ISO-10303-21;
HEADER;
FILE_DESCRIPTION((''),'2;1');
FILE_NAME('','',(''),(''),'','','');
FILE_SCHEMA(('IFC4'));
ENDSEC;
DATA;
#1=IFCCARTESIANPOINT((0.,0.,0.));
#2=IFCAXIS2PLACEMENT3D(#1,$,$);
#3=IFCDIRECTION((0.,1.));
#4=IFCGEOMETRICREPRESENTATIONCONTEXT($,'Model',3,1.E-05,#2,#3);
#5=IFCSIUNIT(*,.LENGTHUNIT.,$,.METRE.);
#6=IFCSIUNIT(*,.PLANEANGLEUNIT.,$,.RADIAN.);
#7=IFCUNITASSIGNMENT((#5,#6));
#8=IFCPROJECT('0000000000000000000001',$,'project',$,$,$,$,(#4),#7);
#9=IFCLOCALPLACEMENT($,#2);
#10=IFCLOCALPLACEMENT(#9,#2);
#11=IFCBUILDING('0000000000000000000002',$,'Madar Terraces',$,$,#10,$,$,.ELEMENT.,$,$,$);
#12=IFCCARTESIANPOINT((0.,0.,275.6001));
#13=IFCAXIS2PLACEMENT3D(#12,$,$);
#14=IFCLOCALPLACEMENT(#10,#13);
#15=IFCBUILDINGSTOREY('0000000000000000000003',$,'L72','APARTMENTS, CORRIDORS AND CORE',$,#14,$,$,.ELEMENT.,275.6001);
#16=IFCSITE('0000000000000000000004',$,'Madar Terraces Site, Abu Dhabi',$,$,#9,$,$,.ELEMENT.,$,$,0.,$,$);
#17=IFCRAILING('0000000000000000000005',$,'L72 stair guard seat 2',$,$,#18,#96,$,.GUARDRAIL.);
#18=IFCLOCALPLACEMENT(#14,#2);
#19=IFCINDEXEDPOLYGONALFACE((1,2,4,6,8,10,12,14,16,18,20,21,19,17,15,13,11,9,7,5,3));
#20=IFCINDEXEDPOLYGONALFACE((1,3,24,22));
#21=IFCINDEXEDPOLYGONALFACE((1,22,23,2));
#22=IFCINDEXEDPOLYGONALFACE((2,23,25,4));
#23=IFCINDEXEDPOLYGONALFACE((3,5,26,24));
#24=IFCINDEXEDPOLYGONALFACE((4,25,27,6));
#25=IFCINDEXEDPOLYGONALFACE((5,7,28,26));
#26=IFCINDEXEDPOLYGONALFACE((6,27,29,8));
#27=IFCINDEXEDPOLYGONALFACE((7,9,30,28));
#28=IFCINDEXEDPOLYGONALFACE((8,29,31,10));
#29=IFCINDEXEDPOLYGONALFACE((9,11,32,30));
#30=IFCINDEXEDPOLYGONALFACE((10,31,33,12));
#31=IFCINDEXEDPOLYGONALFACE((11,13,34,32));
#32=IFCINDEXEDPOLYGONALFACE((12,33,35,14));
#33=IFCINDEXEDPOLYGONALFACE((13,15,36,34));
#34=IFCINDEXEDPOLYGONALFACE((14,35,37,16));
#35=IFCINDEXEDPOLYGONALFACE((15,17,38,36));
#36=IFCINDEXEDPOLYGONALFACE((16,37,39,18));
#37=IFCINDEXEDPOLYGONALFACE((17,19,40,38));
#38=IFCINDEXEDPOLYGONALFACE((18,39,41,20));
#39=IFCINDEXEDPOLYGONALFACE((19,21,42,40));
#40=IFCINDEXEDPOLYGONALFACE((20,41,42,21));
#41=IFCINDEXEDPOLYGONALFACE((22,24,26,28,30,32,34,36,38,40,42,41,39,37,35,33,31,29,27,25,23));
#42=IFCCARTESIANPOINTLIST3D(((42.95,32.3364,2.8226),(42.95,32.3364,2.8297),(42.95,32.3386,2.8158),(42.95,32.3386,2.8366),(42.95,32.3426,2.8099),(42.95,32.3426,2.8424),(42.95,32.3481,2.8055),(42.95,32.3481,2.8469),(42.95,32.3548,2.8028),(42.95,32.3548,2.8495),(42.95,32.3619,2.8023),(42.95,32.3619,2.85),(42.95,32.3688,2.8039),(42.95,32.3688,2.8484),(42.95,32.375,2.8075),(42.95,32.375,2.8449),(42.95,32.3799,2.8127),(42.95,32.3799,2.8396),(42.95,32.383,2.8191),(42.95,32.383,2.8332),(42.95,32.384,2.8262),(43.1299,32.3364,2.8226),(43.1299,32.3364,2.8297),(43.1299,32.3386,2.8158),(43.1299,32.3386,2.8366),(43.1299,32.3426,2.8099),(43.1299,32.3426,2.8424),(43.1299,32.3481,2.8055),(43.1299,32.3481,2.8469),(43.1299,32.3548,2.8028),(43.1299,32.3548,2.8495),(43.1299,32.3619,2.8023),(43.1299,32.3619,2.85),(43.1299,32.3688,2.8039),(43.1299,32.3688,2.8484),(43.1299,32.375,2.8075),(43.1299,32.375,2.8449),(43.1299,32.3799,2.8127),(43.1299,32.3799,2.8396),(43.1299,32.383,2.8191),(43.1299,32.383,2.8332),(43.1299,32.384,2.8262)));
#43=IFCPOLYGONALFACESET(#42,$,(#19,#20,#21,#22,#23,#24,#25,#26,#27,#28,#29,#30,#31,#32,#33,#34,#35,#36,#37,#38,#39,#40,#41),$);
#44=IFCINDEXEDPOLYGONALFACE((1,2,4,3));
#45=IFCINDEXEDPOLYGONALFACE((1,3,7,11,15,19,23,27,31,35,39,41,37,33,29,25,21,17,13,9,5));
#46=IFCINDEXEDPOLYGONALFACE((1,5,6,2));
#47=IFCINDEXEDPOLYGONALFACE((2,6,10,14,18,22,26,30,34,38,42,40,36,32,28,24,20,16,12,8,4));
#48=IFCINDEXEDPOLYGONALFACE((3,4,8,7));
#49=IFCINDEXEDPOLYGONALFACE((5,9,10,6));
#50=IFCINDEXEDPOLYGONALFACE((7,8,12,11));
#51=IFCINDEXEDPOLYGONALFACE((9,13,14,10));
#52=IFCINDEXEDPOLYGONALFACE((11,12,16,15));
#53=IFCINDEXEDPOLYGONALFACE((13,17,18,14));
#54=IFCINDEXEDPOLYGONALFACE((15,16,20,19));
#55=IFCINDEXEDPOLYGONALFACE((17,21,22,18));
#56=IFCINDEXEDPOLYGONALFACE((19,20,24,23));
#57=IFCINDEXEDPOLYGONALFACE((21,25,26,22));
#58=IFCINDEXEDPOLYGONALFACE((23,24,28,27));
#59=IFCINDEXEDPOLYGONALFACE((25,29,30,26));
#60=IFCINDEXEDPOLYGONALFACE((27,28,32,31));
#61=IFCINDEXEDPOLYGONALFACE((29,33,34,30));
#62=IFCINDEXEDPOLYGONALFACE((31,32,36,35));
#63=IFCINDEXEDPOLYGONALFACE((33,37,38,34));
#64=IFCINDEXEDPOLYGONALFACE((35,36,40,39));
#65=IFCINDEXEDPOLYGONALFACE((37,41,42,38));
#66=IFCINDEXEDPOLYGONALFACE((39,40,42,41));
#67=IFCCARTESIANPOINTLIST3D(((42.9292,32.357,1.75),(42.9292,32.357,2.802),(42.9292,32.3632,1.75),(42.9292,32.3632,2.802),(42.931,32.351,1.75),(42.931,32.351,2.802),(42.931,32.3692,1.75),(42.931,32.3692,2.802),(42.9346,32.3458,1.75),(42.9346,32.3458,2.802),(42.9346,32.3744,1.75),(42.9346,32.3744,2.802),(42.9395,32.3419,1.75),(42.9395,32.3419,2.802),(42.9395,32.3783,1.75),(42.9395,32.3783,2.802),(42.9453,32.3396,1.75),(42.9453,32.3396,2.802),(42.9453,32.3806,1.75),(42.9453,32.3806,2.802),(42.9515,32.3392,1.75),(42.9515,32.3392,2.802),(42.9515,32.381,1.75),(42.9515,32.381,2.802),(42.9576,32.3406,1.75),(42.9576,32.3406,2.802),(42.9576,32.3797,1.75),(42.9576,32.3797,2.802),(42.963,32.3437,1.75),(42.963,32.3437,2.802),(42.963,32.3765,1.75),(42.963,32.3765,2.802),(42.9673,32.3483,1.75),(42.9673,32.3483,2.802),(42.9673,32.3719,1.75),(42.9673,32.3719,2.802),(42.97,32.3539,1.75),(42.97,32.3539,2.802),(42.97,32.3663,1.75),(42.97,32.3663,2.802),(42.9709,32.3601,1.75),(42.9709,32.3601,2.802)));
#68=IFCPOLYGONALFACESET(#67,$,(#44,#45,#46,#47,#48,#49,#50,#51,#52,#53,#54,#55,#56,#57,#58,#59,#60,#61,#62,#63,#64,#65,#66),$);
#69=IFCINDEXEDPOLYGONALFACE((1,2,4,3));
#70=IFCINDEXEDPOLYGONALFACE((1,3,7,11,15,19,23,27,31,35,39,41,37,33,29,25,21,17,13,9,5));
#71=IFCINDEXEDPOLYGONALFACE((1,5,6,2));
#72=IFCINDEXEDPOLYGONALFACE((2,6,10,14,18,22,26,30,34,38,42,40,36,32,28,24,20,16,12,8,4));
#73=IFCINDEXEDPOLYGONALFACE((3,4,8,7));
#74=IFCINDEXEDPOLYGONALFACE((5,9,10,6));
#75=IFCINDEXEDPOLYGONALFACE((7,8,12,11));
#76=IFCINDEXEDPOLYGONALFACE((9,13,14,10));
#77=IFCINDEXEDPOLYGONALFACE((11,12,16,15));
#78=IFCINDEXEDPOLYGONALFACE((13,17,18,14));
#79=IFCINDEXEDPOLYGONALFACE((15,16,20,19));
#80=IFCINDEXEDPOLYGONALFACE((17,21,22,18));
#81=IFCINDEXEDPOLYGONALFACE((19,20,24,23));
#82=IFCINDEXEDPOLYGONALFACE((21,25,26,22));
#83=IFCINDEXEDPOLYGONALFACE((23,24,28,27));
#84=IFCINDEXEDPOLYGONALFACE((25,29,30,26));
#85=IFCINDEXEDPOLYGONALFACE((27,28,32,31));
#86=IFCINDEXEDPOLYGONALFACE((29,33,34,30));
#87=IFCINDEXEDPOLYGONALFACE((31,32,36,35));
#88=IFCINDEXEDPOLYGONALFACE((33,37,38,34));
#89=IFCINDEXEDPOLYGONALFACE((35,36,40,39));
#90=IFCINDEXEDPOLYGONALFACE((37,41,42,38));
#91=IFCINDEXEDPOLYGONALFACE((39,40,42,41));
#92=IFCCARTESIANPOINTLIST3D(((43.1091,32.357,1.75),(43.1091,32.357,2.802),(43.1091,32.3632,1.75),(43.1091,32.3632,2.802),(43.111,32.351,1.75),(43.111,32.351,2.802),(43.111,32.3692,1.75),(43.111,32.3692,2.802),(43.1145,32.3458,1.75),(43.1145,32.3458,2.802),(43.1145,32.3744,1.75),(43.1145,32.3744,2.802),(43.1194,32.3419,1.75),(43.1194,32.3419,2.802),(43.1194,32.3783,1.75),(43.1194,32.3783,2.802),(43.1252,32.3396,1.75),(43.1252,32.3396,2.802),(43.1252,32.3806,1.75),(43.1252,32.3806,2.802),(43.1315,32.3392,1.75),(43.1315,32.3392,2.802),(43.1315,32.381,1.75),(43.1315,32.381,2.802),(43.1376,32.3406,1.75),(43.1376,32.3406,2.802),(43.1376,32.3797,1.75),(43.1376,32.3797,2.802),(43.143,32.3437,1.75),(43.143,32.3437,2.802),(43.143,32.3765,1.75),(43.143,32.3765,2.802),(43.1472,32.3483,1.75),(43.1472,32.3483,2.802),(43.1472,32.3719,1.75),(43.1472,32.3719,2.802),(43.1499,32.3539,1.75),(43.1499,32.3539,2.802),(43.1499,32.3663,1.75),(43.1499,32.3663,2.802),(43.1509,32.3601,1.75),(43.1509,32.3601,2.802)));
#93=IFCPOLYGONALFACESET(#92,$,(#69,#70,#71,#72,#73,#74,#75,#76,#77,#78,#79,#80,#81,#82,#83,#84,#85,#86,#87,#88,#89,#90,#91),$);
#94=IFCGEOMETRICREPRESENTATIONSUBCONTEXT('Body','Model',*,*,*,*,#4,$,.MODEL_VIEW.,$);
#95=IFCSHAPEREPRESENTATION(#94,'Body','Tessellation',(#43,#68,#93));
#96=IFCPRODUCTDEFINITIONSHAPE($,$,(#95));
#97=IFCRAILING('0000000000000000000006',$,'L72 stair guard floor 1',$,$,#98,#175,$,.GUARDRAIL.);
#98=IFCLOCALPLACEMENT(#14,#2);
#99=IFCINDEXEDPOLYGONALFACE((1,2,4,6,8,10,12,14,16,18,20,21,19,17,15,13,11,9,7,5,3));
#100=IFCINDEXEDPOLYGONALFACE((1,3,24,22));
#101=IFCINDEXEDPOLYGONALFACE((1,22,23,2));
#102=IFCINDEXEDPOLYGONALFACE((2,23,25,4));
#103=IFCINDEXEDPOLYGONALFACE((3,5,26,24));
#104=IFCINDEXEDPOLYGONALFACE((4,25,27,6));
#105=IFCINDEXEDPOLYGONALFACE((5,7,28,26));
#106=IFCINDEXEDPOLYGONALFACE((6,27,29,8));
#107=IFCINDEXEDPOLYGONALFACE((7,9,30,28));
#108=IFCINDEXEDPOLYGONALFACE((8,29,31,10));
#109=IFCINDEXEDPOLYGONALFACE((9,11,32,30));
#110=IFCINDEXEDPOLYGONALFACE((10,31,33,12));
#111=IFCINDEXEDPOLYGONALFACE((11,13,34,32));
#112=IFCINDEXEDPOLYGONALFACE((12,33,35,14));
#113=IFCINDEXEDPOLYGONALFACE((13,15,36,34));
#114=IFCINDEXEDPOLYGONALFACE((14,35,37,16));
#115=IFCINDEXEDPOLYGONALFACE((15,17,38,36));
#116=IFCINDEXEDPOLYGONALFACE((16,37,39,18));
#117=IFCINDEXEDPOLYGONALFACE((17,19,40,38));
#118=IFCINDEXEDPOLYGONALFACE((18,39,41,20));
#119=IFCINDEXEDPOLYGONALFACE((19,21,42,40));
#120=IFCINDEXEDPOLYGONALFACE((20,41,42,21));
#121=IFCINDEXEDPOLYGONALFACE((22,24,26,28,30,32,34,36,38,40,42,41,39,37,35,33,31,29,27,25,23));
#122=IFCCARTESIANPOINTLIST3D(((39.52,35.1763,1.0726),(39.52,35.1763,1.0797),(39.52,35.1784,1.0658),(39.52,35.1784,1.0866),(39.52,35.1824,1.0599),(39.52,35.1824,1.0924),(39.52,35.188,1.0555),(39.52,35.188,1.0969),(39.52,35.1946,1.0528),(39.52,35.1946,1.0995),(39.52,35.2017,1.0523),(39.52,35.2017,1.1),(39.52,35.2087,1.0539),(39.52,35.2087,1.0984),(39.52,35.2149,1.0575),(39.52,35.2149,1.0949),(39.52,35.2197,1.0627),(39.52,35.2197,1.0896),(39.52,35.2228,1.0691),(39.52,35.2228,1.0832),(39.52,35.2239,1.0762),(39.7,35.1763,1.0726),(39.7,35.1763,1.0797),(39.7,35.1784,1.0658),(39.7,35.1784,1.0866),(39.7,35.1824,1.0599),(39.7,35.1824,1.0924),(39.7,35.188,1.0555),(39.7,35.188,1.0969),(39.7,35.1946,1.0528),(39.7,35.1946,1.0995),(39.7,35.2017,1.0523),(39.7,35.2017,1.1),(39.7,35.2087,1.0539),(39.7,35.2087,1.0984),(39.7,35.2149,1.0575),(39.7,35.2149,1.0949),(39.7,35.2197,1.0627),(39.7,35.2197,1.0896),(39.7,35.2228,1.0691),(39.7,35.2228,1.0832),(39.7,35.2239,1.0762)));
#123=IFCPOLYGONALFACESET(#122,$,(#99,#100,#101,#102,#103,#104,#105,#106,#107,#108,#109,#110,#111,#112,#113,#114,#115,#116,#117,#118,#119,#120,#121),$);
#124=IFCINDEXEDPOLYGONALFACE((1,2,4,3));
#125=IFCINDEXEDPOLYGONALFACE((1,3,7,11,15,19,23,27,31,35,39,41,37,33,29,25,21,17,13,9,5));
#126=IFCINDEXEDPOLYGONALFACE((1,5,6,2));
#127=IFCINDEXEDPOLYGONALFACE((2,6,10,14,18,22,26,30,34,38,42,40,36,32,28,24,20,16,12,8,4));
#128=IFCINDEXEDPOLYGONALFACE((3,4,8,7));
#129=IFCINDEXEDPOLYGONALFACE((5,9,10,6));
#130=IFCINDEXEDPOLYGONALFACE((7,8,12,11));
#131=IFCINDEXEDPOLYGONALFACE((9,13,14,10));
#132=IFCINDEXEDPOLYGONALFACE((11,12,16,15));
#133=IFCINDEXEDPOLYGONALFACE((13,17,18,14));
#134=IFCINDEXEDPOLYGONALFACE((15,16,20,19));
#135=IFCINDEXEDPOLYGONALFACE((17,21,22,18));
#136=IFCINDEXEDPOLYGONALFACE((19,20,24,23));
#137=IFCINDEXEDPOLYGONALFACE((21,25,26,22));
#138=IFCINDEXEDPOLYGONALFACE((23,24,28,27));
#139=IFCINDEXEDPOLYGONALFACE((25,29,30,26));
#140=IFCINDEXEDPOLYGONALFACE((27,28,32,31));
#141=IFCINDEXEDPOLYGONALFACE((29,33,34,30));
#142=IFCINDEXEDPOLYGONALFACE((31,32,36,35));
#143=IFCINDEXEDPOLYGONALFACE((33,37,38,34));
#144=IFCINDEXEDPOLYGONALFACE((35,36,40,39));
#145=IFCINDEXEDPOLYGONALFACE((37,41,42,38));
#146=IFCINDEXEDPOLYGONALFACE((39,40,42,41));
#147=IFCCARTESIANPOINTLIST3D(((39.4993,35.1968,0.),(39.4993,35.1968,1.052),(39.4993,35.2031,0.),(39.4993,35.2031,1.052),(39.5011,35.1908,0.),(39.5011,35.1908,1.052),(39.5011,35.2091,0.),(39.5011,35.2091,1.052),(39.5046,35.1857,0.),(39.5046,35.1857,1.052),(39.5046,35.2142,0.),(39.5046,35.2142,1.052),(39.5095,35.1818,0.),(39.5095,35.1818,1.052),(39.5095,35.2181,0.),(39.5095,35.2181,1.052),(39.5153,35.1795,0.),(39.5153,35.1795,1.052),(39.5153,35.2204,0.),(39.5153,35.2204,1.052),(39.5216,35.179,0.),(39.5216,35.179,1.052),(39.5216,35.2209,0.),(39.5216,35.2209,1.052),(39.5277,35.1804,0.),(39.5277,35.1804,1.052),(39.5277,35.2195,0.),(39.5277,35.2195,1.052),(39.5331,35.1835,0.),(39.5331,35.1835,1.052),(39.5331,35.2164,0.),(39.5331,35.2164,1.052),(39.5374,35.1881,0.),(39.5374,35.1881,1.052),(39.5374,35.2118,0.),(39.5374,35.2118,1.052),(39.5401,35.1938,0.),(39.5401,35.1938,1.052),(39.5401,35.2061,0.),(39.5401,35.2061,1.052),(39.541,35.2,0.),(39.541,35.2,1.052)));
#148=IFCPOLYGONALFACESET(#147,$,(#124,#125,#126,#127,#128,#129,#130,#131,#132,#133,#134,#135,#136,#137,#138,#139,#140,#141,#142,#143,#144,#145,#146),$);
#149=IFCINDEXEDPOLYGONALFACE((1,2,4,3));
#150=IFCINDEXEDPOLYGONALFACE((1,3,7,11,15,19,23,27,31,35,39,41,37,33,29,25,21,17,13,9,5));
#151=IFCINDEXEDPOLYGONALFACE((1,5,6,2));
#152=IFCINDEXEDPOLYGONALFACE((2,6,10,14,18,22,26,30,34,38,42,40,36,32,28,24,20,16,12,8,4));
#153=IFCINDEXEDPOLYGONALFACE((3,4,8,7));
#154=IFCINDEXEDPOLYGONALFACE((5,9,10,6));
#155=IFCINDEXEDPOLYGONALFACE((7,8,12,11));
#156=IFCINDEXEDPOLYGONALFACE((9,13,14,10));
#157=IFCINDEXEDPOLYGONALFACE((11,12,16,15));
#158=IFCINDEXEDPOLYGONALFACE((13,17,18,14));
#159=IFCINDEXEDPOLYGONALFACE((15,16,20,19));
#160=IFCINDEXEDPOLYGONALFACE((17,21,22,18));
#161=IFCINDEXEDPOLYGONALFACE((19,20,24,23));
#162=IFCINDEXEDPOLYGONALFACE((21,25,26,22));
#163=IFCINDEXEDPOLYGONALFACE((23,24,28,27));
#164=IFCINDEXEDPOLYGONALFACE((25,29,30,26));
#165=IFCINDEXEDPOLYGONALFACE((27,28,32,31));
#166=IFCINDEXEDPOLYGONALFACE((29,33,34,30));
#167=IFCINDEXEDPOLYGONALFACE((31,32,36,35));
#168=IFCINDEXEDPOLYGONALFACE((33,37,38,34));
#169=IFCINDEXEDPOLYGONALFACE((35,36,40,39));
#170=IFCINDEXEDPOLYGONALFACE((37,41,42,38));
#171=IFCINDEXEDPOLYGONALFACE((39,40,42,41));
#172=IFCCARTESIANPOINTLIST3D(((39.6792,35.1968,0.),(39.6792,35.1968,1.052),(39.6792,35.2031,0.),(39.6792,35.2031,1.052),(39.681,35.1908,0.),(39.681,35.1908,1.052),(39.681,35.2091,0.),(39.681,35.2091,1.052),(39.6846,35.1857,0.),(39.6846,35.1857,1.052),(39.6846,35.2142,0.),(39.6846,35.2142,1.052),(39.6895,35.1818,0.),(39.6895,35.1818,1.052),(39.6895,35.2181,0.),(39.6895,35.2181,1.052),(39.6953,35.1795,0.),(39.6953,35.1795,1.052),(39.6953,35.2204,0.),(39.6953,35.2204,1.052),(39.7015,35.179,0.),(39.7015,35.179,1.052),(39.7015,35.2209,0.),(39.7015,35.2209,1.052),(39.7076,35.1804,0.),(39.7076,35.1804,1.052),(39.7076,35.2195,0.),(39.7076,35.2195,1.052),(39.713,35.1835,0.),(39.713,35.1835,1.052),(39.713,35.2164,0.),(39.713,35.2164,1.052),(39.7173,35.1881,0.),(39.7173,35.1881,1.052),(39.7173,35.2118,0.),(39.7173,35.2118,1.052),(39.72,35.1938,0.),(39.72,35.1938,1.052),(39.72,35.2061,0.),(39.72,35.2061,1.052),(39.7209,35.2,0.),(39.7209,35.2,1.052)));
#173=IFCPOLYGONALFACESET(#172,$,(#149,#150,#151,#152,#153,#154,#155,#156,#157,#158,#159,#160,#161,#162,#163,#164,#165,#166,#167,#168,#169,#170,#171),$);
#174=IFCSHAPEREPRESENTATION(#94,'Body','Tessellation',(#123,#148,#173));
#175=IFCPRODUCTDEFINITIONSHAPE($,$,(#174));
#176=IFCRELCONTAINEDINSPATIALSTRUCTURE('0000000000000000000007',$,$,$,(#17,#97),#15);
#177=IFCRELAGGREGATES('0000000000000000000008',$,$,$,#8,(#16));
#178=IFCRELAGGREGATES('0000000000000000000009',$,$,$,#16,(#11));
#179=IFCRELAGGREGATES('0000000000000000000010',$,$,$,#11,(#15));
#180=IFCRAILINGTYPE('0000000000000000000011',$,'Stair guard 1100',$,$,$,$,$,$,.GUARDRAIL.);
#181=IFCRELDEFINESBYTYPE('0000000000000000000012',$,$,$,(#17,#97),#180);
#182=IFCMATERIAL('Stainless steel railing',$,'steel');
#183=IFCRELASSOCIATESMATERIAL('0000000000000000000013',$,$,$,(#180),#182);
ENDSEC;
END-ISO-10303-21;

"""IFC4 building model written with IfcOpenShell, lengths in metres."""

from ifc_helpers import new_model, si_unit, direction, frame, origin, origin_2d, place, context, subcontext, project, spatial, circle, extrude, material, type_object, element, save


model = new_model("IFC4")

# Units and contexts
model_context = context("Model", 3, precision=1e-05, world=origin(), true_north=direction((0.0, 1.0)))
body_context = subcontext(model_context, "Body", "Model", "MODEL_VIEW")
ifc_project = project(units=[si_unit("LENGTHUNIT", "METRE"), si_unit("PLANEANGLEUNIT", "RADIAN")], contexts=[model_context])

# Site, building, storey
site_placement = place(None, origin())
site = spatial("IfcSite", under=ifc_project, at=site_placement, Name="Madar Terraces Site, Abu Dhabi", CompositionType="ELEMENT", RefElevation=0.0)
building_placement = place(site_placement, origin())
building = spatial("IfcBuilding", under=site, at=building_placement, Name="Madar Terraces", CompositionType="ELEMENT")
storey_placement = place(building_placement, frame((0.0, 0.0, 275.6001)))
storey = spatial("IfcBuildingStorey", under=building, at=storey_placement, Name="L72", Description="APARTMENTS, CORRIDORS AND CORE", CompositionType="ELEMENT", Elevation=275.6001)

# Railings
ifc_material_1 = material(Name="Stainless steel railing", Category="steel")
railing_type_1 = type_object("IfcRailingType", Name="Stair guard 1100", PredefinedType="GUARDRAIL", material=ifc_material_1)
for number, where, name in (
    (1, (42.95, 32.3601, 1.75), "L72 stair guard seat 2"),
    (2, (39.52, 35.2, 0.0), "L72 stair guard floor 1"),
):
    element("IfcRailing", number, at=place(storey_placement, frame(where)), inside=storey, type_object=railing_type_1, Name=name, PredefinedType="GUARDRAIL", context=body_context, shape_type="SweptSolid", body=[
        extrude(circle(Radius=0.0239, at=origin_2d()), frame((0.0, 0.0, 1.0762), z_axis=(1.0, 0.0, 0.0), x_axis=(0.0, 1.0, 0.0)), (0.0, 0.0, 1.0), 0.1799),
        extrude(circle(Radius=0.021, at=origin_2d()), origin(), (0.0, 0.0, 1.0), 1.052),
        extrude(circle(Radius=0.021, at=origin_2d()), frame((0.1799, 0.0, 0.0)), (0.0, 0.0, 1.0), 1.052),
    ])

save(model, "model.ifc")
